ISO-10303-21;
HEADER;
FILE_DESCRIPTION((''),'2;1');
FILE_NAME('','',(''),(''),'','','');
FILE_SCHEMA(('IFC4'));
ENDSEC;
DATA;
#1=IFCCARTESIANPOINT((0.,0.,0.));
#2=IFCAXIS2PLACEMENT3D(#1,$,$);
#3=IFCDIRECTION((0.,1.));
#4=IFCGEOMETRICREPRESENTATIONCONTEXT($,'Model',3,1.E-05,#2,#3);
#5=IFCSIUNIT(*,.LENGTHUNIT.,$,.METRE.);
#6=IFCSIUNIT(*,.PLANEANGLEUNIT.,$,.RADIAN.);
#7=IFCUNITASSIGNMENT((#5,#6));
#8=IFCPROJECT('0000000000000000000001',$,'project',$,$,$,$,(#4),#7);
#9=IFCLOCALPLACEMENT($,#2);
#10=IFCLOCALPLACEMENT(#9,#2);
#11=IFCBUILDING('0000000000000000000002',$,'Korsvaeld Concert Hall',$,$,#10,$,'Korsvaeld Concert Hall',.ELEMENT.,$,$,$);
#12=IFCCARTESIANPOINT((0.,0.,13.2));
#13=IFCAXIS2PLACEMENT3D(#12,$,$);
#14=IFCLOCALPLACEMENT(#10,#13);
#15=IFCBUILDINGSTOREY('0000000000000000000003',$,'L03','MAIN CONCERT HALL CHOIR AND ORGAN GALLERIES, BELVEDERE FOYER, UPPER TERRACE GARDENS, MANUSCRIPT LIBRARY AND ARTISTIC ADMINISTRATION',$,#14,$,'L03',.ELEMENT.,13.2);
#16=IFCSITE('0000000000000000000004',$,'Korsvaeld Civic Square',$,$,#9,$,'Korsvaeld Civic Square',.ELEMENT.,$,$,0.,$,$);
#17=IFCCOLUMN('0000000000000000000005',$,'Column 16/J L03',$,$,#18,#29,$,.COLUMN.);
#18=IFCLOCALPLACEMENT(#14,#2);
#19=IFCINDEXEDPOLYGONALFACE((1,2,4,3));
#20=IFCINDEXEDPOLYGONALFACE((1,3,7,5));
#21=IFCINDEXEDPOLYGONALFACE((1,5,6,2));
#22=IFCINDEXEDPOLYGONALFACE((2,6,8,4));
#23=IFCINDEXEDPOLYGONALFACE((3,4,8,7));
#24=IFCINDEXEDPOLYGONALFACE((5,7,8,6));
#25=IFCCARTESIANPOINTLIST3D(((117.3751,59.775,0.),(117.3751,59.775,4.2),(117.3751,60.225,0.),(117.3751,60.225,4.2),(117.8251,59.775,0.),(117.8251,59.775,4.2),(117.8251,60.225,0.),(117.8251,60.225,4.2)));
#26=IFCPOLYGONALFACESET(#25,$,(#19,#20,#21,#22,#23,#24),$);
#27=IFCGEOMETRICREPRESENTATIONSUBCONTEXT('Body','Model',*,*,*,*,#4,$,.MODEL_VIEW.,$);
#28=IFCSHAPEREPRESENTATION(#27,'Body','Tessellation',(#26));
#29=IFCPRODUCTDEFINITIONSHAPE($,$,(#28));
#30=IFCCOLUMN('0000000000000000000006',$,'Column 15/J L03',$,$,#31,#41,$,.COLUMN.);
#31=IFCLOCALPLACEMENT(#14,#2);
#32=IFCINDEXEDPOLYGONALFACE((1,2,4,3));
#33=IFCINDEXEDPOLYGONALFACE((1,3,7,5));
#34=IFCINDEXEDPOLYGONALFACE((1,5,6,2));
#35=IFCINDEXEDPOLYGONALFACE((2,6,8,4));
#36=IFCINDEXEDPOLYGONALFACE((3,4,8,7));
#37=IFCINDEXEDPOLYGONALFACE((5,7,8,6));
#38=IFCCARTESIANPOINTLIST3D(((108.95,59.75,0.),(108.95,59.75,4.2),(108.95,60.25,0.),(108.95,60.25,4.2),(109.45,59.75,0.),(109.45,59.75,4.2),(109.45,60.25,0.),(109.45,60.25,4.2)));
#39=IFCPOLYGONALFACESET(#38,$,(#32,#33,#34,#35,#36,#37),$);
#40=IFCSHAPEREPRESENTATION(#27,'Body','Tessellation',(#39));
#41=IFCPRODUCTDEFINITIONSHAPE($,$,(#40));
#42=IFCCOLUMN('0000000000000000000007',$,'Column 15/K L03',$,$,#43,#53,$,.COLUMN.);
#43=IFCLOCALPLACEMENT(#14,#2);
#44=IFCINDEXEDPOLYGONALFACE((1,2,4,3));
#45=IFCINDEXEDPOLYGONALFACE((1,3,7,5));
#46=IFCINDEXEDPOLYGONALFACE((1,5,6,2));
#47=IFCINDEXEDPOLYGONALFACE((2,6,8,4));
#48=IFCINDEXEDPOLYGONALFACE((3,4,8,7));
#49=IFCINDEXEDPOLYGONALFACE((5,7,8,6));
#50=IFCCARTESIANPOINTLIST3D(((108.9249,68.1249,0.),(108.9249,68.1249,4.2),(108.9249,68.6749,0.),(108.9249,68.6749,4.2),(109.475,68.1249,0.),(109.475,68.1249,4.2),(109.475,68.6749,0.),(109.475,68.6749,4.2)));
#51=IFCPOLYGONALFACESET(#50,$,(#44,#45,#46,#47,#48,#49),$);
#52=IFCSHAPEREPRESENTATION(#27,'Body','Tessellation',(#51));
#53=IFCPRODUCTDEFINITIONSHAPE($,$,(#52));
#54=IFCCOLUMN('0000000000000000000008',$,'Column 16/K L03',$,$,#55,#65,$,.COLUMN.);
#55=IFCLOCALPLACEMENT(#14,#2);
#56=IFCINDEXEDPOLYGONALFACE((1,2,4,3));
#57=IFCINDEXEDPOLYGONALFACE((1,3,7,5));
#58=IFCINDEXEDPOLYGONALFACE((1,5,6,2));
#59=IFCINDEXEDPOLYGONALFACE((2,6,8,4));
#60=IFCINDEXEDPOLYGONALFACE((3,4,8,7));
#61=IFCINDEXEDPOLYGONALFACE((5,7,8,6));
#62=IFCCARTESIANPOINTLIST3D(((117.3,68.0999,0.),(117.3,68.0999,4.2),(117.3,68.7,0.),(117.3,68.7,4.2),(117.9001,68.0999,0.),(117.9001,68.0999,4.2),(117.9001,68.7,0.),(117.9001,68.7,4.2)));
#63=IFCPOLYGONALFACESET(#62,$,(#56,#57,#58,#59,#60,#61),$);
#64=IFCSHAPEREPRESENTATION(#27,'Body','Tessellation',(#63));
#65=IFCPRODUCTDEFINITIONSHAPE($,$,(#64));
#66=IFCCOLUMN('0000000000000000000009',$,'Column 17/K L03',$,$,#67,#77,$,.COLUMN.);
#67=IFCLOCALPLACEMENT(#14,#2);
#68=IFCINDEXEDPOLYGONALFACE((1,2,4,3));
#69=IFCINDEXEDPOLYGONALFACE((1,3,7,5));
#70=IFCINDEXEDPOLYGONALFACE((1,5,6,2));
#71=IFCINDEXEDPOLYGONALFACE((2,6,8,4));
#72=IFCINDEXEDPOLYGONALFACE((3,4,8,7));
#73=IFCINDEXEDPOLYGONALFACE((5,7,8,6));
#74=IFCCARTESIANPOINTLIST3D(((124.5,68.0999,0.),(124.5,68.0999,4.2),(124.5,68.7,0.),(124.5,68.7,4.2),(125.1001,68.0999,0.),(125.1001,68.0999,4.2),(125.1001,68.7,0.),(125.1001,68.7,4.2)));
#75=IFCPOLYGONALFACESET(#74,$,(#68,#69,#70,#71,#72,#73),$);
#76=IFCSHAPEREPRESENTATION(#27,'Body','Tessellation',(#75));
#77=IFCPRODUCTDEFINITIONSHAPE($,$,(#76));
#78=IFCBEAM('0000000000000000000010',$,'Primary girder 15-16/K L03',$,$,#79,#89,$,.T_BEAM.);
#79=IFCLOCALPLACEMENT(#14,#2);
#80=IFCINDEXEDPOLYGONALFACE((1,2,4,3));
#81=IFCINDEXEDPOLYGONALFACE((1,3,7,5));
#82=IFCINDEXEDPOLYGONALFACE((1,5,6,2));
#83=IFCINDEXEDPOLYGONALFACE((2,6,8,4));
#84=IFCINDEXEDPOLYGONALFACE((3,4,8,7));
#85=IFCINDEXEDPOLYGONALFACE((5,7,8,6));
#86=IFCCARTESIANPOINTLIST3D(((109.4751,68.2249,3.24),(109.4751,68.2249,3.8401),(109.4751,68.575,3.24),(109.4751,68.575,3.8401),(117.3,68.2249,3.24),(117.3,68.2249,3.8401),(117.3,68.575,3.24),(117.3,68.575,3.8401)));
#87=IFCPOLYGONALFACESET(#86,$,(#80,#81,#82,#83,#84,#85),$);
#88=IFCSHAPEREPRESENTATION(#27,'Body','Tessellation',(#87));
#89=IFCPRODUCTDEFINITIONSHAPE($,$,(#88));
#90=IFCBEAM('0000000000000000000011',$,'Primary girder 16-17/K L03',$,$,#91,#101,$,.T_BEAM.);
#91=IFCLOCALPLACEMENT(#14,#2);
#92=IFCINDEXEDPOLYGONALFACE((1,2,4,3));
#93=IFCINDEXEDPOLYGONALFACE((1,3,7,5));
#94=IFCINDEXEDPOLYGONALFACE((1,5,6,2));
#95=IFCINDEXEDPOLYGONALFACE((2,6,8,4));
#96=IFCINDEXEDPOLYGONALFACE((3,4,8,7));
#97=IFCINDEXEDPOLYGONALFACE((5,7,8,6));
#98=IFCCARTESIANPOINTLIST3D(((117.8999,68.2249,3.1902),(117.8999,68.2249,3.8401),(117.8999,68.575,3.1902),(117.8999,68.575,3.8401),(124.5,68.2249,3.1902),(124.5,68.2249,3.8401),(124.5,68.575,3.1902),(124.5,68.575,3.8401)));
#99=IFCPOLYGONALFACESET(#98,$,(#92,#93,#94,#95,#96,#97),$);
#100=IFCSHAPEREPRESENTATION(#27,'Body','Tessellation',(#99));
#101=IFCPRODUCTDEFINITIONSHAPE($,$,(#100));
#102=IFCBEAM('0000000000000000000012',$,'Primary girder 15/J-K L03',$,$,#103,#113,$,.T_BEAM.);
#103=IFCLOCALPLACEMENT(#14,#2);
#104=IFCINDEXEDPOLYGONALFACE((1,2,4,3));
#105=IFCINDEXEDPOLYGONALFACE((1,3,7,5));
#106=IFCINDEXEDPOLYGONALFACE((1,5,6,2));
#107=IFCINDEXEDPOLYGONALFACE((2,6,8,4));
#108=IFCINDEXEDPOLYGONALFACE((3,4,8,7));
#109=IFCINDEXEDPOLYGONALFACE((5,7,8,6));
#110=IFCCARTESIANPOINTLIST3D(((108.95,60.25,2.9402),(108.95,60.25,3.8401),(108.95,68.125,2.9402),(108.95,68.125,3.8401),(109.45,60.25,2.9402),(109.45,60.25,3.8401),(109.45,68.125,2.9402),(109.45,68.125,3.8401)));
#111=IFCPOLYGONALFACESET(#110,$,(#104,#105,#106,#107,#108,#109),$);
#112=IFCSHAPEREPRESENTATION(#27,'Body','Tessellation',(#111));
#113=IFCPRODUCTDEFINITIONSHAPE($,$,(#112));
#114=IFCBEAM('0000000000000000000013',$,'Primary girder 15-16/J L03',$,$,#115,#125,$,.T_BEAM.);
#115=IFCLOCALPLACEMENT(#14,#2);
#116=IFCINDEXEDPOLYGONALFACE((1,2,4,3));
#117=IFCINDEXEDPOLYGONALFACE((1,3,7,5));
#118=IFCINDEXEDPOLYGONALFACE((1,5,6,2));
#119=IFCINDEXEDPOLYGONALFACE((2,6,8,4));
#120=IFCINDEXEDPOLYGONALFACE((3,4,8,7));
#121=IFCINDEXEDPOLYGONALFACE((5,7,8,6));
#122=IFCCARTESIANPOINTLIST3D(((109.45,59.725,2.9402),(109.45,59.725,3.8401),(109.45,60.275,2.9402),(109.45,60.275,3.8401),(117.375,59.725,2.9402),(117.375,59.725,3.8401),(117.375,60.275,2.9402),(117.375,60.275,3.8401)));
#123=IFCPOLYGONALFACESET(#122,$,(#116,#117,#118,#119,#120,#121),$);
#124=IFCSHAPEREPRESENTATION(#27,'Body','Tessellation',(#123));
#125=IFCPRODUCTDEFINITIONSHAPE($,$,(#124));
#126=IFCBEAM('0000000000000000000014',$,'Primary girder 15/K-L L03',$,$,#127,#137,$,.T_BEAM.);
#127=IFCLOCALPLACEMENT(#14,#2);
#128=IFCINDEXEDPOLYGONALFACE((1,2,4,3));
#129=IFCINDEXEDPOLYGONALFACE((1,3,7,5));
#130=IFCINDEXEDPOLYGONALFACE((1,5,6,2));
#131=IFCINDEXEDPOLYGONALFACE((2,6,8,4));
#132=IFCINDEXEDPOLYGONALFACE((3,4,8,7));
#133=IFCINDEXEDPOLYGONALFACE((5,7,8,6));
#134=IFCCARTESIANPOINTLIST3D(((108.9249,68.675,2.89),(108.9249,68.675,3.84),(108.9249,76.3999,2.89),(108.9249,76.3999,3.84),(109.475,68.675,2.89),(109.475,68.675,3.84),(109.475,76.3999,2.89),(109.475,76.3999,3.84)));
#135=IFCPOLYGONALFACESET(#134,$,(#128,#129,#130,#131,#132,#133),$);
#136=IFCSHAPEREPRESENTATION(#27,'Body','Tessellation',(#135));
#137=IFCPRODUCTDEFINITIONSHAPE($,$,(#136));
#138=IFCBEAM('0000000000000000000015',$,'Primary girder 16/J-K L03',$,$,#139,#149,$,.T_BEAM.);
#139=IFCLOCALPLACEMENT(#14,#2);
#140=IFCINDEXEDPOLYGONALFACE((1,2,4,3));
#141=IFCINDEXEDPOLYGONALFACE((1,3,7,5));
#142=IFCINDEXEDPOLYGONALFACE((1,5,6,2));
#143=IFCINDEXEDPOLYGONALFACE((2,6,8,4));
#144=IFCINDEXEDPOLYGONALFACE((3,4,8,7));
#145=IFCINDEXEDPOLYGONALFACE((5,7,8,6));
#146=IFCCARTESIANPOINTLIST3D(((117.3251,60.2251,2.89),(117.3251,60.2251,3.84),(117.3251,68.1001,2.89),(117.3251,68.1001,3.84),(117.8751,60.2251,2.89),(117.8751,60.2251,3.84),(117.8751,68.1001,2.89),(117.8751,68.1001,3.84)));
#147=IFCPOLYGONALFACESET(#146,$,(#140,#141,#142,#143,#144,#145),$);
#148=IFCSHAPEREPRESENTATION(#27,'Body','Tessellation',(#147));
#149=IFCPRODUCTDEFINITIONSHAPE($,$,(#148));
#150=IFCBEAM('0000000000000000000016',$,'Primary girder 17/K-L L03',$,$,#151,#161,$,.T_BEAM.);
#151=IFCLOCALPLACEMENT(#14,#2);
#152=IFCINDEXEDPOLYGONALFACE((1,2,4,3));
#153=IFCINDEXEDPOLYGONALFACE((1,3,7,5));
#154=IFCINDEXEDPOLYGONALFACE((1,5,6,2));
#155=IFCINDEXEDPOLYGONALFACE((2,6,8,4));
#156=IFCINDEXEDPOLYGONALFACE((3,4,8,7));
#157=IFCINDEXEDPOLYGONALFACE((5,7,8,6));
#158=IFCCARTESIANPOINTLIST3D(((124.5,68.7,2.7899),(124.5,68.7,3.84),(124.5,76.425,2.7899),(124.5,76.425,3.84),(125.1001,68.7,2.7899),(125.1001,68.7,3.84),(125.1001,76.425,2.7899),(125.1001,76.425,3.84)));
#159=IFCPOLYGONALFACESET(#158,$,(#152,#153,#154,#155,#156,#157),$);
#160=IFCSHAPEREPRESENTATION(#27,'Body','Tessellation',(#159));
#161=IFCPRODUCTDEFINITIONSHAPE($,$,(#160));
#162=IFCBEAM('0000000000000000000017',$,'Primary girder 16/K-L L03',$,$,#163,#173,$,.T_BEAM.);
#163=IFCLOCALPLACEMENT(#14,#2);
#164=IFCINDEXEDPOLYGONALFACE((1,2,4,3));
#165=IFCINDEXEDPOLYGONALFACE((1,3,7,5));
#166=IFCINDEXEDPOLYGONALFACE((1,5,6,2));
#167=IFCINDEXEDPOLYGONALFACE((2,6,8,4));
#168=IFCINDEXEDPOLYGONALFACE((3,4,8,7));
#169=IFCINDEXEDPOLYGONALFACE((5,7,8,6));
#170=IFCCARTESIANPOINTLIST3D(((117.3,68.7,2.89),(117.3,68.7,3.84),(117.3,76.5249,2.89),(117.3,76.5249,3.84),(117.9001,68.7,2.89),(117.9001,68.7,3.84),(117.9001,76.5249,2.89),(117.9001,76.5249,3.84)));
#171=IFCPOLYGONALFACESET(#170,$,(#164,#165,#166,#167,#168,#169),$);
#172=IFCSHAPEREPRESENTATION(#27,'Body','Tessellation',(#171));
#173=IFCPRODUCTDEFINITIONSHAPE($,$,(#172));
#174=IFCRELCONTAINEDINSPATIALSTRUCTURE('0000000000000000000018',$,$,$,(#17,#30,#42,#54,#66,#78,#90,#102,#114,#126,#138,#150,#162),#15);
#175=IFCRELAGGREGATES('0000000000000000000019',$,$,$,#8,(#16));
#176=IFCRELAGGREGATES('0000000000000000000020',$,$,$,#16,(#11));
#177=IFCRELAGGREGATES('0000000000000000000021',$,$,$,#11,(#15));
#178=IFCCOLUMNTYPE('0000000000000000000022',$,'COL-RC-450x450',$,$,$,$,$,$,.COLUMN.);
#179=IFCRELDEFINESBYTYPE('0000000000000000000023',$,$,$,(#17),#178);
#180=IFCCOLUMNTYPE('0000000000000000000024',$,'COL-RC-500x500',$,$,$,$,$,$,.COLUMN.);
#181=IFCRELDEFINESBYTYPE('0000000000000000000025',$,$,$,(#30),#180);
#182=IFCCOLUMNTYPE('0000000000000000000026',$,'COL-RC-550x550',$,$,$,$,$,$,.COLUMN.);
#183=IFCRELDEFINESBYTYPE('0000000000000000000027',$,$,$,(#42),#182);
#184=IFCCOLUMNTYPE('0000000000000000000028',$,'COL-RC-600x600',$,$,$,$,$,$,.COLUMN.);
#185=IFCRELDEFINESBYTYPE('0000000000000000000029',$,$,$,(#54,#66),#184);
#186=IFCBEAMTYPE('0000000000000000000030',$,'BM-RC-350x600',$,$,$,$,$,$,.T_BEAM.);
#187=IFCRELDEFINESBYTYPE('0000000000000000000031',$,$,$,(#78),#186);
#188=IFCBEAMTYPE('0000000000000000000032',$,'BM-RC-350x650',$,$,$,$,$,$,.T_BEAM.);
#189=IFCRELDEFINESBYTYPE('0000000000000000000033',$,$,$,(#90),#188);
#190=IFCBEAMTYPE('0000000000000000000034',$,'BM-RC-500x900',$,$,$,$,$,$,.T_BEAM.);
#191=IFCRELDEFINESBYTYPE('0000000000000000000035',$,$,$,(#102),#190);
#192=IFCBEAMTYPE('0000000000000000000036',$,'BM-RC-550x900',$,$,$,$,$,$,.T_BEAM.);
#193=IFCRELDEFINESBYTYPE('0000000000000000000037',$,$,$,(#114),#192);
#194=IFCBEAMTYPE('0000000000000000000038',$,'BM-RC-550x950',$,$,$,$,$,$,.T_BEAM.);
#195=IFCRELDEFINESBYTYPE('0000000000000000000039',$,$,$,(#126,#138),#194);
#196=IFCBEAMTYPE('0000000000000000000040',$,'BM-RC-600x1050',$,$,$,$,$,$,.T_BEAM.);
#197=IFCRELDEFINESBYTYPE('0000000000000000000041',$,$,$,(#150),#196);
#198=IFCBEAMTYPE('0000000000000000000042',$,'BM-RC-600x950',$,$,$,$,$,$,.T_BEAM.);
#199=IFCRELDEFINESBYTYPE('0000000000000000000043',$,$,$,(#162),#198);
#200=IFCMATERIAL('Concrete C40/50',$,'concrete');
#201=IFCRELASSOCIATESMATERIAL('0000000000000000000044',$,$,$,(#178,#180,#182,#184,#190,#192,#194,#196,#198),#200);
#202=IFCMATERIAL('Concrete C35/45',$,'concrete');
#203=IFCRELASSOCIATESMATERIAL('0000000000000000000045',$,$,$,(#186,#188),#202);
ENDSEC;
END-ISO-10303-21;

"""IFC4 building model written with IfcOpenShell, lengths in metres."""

from ifc_helpers import new_model, si_unit, direction, frame, origin, origin_2d, place, context, subcontext, project, spatial, rectangle, extrude, material, material_profile, profile_set, type_object, element, save


model = new_model("IFC4")

# Units and contexts
model_context = context("Model", 3, precision=1e-05, world=origin(), true_north=direction((0.0, 1.0)))
body_context = subcontext(model_context, "Body", "Model", "MODEL_VIEW")
ifc_project = project(units=[si_unit("LENGTHUNIT", "METRE"), si_unit("PLANEANGLEUNIT", "RADIAN")], contexts=[model_context])

# Site, building, storey
site_placement = place(None, origin())
site = spatial("IfcSite", under=ifc_project, at=site_placement, Name="Korsvaeld Civic Square", LongName="Korsvaeld Civic Square", CompositionType="ELEMENT", RefElevation=0.0)
building_placement = place(site_placement, origin())
building = spatial("IfcBuilding", under=site, at=building_placement, Name="Korsvaeld Concert Hall", LongName="Korsvaeld Concert Hall", CompositionType="ELEMENT")
storey_placement = place(building_placement, frame((0.0, 0.0, 13.2)))
storey = spatial("IfcBuildingStorey", under=building, at=storey_placement, Name="L03", Description="MAIN CONCERT HALL CHOIR AND ORGAN GALLERIES, BELVEDERE FOYER, UPPER TERRACE GARDENS, MANUSCRIPT LIBRARY AND ARTISTIC ADMINISTRATION", LongName="L03", CompositionType="ELEMENT", Elevation=13.2)

# Columns
ifc_material_1 = material(Name="Concrete C40/50", Category="concrete")
ifc_material_profile_1 = material_profile(ifc_material_1, rectangle(XDim=0.45, YDim=0.45, at=origin_2d()), Name="RC 450x450")
ifc_profile_set_1 = profile_set([ifc_material_profile_1], Name="Concrete C40/50")
column_type_1 = type_object("IfcColumnType", Name="COL-RC-450x450", PredefinedType="COLUMN", material=ifc_profile_set_1)
column_1_placement = place(storey_placement, frame((117.6001, 60.0, 0.0), z_axis=(0.0, 0.0, 1.0), x_axis=(1.0, 0.0, 0.0)))
element("IfcColumn", 1, at=column_1_placement, inside=storey, type_object=column_type_1, Name="Column 16/J L03", PredefinedType="COLUMN", context=body_context, shape_type="SweptSolid", body=[
    extrude(rectangle(XDim=0.45, YDim=0.45, at=origin_2d()), origin(), (0.0, 0.0, 1.0), 4.2),
])
ifc_material_profile_2 = material_profile(ifc_material_1, rectangle(XDim=0.5, YDim=0.5, at=origin_2d()), Name="RC 500x500")
ifc_profile_set_2 = profile_set([ifc_material_profile_2], Name="Concrete C40/50")
column_type_2 = type_object("IfcColumnType", Name="COL-RC-500x500", PredefinedType="COLUMN", material=ifc_profile_set_2)
column_2_placement = place(storey_placement, frame((109.2, 60.0, 0.0), z_axis=(0.0, 0.0, 1.0), x_axis=(1.0, 0.0, 0.0)))
element("IfcColumn", 2, at=column_2_placement, inside=storey, type_object=column_type_2, Name="Column 15/J L03", PredefinedType="COLUMN", context=body_context, shape_type="SweptSolid", body=[
    extrude(rectangle(XDim=0.5, YDim=0.5, at=origin_2d()), origin(), (0.0, 0.0, 1.0), 4.2),
])
ifc_material_profile_3 = material_profile(ifc_material_1, rectangle(XDim=0.55, YDim=0.55, at=origin_2d()), Name="RC 550x550")
ifc_profile_set_3 = profile_set([ifc_material_profile_3], Name="Concrete C40/50")
column_type_3 = type_object("IfcColumnType", Name="COL-RC-550x550", PredefinedType="COLUMN", material=ifc_profile_set_3)
column_3_placement = place(storey_placement, frame((109.2, 68.3999, 0.0), z_axis=(0.0, 0.0, 1.0), x_axis=(1.0, 0.0, 0.0)))
element("IfcColumn", 3, at=column_3_placement, inside=storey, type_object=column_type_3, Name="Column 15/K L03", PredefinedType="COLUMN", context=body_context, shape_type="SweptSolid", body=[
    extrude(rectangle(XDim=0.55, YDim=0.55, at=origin_2d()), origin(), (0.0, 0.0, 1.0), 4.2),
])
ifc_material_profile_4 = material_profile(ifc_material_1, rectangle(XDim=0.6001, YDim=0.6001, at=origin_2d()), Name="RC 600x600")
ifc_profile_set_4 = profile_set([ifc_material_profile_4], Name="Concrete C40/50")
column_type_4 = type_object("IfcColumnType", Name="COL-RC-600x600", PredefinedType="COLUMN", material=ifc_profile_set_4)
for number, where, z_axis, x_axis, name in (
    (4, (117.6001, 68.3999, 0.0), (0.0, 0.0, 1.0), (1.0, 0.0, 0.0), "Column 16/K L03"),
    (5, (124.8, 68.3999, 0.0), (0.0, 0.0, 1.0), (1.0, 0.0, 0.0), "Column 17/K L03"),
):
    element("IfcColumn", number, at=place(storey_placement, frame(where, z_axis=z_axis, x_axis=x_axis)), inside=storey, type_object=column_type_4, Name=name, PredefinedType="COLUMN", context=body_context, shape_type="SweptSolid", body=[
        extrude(rectangle(XDim=0.6001, YDim=0.6001, at=origin_2d()), origin(), (0.0, 0.0, 1.0), 4.2),
    ])

# Beams
ifc_material_2 = material(Name="Concrete C35/45", Category="concrete")
ifc_material_profile_5 = material_profile(ifc_material_2, rectangle(XDim=0.3501, YDim=0.6001, at=origin_2d()), Name="RC 350x600")
ifc_profile_set_5 = profile_set([ifc_material_profile_5], Name="Concrete C35/45")
beam_type_1 = type_object("IfcBeamType", Name="BM-RC-350x600", PredefinedType="T_BEAM", material=ifc_profile_set_5)
beam_1_placement = place(storey_placement, frame((109.4751, 68.3999, 3.54), z_axis=(1.0, 0.0, 0.0), x_axis=(0.0, 1.0, 0.0)))
element("IfcBeam", 6, at=beam_1_placement, inside=storey, type_object=beam_type_1, Name="Primary girder 15-16/K L03", PredefinedType="T_BEAM", context=body_context, shape_type="SweptSolid", body=[
    extrude(rectangle(XDim=0.3501, YDim=0.6001, at=origin_2d()), origin(), (0.0, 0.0, 1.0), 7.825),
])
ifc_material_profile_6 = material_profile(ifc_material_2, rectangle(XDim=0.3501, YDim=0.6499, at=origin_2d()), Name="RC 350x650")
ifc_profile_set_6 = profile_set([ifc_material_profile_6], Name="Concrete C35/45")
beam_type_2 = type_object("IfcBeamType", Name="BM-RC-350x650", PredefinedType="T_BEAM", material=ifc_profile_set_6)
beam_2_placement = place(storey_placement, frame((117.8999, 68.3999, 3.5151), z_axis=(1.0, 0.0, 0.0), x_axis=(0.0, 1.0, 0.0)))
element("IfcBeam", 7, at=beam_2_placement, inside=storey, type_object=beam_type_2, Name="Primary girder 16-17/K L03", PredefinedType="T_BEAM", context=body_context, shape_type="SweptSolid", body=[
    extrude(rectangle(XDim=0.3501, YDim=0.6499, at=origin_2d()), origin(), (0.0, 0.0, 1.0), 6.6001),
])
ifc_material_profile_7 = material_profile(ifc_material_1, rectangle(XDim=0.5, YDim=0.8999, at=origin_2d()), Name="RC 500x900")
ifc_profile_set_7 = profile_set([ifc_material_profile_7], Name="Concrete C40/50")
beam_type_3 = type_object("IfcBeamType", Name="BM-RC-500x900", PredefinedType="T_BEAM", material=ifc_profile_set_7)
beam_3_placement = place(storey_placement, frame((109.2, 60.25, 3.3901), z_axis=(0.0, 1.0, 0.0), x_axis=(-1.0, 0.0, 0.0)))
element("IfcBeam", 8, at=beam_3_placement, inside=storey, type_object=beam_type_3, Name="Primary girder 15/J-K L03", PredefinedType="T_BEAM", context=body_context, shape_type="SweptSolid", body=[
    extrude(rectangle(XDim=0.5, YDim=0.8999, at=origin_2d()), origin(), (0.0, 0.0, 1.0), 7.875),
])
ifc_material_profile_8 = material_profile(ifc_material_1, rectangle(XDim=0.55, YDim=0.8999, at=origin_2d()), Name="RC 550x900")
ifc_profile_set_8 = profile_set([ifc_material_profile_8], Name="Concrete C40/50")
beam_type_4 = type_object("IfcBeamType", Name="BM-RC-550x900", PredefinedType="T_BEAM", material=ifc_profile_set_8)
beam_4_placement = place(storey_placement, frame((109.45, 60.0, 3.3901), z_axis=(1.0, 0.0, 0.0), x_axis=(0.0, 1.0, 0.0)))
element("IfcBeam", 9, at=beam_4_placement, inside=storey, type_object=beam_type_4, Name="Primary girder 15-16/J L03", PredefinedType="T_BEAM", context=body_context, shape_type="SweptSolid", body=[
    extrude(rectangle(XDim=0.55, YDim=0.8999, at=origin_2d()), origin(), (0.0, 0.0, 1.0), 7.925),
])
ifc_material_profile_9 = material_profile(ifc_material_1, rectangle(XDim=0.55, YDim=0.95, at=origin_2d()), Name="RC 550x950")
ifc_profile_set_9 = profile_set([ifc_material_profile_9], Name="Concrete C40/50")
beam_type_5 = type_object("IfcBeamType", Name="BM-RC-550x950", PredefinedType="T_BEAM", material=ifc_profile_set_9)
beam_5_placement = place(storey_placement, frame((109.2, 68.675, 3.365), z_axis=(0.0, 1.0, 0.0), x_axis=(-1.0, 0.0, 0.0)))
element("IfcBeam", 10, at=beam_5_placement, inside=storey, type_object=beam_type_5, Name="Primary girder 15/K-L L03", PredefinedType="T_BEAM", context=body_context, shape_type="SweptSolid", body=[
    extrude(rectangle(XDim=0.55, YDim=0.95, at=origin_2d()), origin(), (0.0, 0.0, 1.0), 7.7249),
])
beam_6_placement = place(storey_placement, frame((117.6001, 60.2251, 3.365), z_axis=(0.0, 1.0, 0.0), x_axis=(-1.0, 0.0, 0.0)))
element("IfcBeam", 11, at=beam_6_placement, inside=storey, type_object=beam_type_5, Name="Primary girder 16/J-K L03", PredefinedType="T_BEAM", context=body_context, shape_type="SweptSolid", body=[
    extrude(rectangle(XDim=0.55, YDim=0.95, at=origin_2d()), origin(), (0.0, 0.0, 1.0), 7.875),
])
ifc_material_profile_10 = material_profile(ifc_material_1, rectangle(XDim=0.6001, YDim=1.05, at=origin_2d()), Name="RC 600x1050")
ifc_profile_set_10 = profile_set([ifc_material_profile_10], Name="Concrete C40/50")
beam_type_6 = type_object("IfcBeamType", Name="BM-RC-600x1050", PredefinedType="T_BEAM", material=ifc_profile_set_10)
beam_7_placement = place(storey_placement, frame((124.8, 68.7, 3.3149), z_axis=(0.0, 1.0, 0.0), x_axis=(-1.0, 0.0, 0.0)))
element("IfcBeam", 12, at=beam_7_placement, inside=storey, type_object=beam_type_6, Name="Primary girder 17/K-L L03", PredefinedType="T_BEAM", context=body_context, shape_type="SweptSolid", body=[
    extrude(rectangle(XDim=0.6001, YDim=1.05, at=origin_2d()), origin(), (0.0, 0.0, 1.0), 7.7251),
])
ifc_material_profile_11 = material_profile(ifc_material_1, rectangle(XDim=0.6001, YDim=0.95, at=origin_2d()), Name="RC 600x950")
ifc_profile_set_11 = profile_set([ifc_material_profile_11], Name="Concrete C40/50")
beam_type_7 = type_object("IfcBeamType", Name="BM-RC-600x950", PredefinedType="T_BEAM", material=ifc_profile_set_11)
beam_8_placement = place(storey_placement, frame((117.6001, 68.7, 3.365), z_axis=(0.0, 1.0, 0.0), x_axis=(-1.0, 0.0, 0.0)))
element("IfcBeam", 13, at=beam_8_placement, inside=storey, type_object=beam_type_7, Name="Primary girder 16/K-L L03", PredefinedType="T_BEAM", context=body_context, shape_type="SweptSolid", body=[
    extrude(rectangle(XDim=0.6001, YDim=0.95, at=origin_2d()), origin(), (0.0, 0.0, 1.0), 7.825),
])

save(model, "model.ifc")
